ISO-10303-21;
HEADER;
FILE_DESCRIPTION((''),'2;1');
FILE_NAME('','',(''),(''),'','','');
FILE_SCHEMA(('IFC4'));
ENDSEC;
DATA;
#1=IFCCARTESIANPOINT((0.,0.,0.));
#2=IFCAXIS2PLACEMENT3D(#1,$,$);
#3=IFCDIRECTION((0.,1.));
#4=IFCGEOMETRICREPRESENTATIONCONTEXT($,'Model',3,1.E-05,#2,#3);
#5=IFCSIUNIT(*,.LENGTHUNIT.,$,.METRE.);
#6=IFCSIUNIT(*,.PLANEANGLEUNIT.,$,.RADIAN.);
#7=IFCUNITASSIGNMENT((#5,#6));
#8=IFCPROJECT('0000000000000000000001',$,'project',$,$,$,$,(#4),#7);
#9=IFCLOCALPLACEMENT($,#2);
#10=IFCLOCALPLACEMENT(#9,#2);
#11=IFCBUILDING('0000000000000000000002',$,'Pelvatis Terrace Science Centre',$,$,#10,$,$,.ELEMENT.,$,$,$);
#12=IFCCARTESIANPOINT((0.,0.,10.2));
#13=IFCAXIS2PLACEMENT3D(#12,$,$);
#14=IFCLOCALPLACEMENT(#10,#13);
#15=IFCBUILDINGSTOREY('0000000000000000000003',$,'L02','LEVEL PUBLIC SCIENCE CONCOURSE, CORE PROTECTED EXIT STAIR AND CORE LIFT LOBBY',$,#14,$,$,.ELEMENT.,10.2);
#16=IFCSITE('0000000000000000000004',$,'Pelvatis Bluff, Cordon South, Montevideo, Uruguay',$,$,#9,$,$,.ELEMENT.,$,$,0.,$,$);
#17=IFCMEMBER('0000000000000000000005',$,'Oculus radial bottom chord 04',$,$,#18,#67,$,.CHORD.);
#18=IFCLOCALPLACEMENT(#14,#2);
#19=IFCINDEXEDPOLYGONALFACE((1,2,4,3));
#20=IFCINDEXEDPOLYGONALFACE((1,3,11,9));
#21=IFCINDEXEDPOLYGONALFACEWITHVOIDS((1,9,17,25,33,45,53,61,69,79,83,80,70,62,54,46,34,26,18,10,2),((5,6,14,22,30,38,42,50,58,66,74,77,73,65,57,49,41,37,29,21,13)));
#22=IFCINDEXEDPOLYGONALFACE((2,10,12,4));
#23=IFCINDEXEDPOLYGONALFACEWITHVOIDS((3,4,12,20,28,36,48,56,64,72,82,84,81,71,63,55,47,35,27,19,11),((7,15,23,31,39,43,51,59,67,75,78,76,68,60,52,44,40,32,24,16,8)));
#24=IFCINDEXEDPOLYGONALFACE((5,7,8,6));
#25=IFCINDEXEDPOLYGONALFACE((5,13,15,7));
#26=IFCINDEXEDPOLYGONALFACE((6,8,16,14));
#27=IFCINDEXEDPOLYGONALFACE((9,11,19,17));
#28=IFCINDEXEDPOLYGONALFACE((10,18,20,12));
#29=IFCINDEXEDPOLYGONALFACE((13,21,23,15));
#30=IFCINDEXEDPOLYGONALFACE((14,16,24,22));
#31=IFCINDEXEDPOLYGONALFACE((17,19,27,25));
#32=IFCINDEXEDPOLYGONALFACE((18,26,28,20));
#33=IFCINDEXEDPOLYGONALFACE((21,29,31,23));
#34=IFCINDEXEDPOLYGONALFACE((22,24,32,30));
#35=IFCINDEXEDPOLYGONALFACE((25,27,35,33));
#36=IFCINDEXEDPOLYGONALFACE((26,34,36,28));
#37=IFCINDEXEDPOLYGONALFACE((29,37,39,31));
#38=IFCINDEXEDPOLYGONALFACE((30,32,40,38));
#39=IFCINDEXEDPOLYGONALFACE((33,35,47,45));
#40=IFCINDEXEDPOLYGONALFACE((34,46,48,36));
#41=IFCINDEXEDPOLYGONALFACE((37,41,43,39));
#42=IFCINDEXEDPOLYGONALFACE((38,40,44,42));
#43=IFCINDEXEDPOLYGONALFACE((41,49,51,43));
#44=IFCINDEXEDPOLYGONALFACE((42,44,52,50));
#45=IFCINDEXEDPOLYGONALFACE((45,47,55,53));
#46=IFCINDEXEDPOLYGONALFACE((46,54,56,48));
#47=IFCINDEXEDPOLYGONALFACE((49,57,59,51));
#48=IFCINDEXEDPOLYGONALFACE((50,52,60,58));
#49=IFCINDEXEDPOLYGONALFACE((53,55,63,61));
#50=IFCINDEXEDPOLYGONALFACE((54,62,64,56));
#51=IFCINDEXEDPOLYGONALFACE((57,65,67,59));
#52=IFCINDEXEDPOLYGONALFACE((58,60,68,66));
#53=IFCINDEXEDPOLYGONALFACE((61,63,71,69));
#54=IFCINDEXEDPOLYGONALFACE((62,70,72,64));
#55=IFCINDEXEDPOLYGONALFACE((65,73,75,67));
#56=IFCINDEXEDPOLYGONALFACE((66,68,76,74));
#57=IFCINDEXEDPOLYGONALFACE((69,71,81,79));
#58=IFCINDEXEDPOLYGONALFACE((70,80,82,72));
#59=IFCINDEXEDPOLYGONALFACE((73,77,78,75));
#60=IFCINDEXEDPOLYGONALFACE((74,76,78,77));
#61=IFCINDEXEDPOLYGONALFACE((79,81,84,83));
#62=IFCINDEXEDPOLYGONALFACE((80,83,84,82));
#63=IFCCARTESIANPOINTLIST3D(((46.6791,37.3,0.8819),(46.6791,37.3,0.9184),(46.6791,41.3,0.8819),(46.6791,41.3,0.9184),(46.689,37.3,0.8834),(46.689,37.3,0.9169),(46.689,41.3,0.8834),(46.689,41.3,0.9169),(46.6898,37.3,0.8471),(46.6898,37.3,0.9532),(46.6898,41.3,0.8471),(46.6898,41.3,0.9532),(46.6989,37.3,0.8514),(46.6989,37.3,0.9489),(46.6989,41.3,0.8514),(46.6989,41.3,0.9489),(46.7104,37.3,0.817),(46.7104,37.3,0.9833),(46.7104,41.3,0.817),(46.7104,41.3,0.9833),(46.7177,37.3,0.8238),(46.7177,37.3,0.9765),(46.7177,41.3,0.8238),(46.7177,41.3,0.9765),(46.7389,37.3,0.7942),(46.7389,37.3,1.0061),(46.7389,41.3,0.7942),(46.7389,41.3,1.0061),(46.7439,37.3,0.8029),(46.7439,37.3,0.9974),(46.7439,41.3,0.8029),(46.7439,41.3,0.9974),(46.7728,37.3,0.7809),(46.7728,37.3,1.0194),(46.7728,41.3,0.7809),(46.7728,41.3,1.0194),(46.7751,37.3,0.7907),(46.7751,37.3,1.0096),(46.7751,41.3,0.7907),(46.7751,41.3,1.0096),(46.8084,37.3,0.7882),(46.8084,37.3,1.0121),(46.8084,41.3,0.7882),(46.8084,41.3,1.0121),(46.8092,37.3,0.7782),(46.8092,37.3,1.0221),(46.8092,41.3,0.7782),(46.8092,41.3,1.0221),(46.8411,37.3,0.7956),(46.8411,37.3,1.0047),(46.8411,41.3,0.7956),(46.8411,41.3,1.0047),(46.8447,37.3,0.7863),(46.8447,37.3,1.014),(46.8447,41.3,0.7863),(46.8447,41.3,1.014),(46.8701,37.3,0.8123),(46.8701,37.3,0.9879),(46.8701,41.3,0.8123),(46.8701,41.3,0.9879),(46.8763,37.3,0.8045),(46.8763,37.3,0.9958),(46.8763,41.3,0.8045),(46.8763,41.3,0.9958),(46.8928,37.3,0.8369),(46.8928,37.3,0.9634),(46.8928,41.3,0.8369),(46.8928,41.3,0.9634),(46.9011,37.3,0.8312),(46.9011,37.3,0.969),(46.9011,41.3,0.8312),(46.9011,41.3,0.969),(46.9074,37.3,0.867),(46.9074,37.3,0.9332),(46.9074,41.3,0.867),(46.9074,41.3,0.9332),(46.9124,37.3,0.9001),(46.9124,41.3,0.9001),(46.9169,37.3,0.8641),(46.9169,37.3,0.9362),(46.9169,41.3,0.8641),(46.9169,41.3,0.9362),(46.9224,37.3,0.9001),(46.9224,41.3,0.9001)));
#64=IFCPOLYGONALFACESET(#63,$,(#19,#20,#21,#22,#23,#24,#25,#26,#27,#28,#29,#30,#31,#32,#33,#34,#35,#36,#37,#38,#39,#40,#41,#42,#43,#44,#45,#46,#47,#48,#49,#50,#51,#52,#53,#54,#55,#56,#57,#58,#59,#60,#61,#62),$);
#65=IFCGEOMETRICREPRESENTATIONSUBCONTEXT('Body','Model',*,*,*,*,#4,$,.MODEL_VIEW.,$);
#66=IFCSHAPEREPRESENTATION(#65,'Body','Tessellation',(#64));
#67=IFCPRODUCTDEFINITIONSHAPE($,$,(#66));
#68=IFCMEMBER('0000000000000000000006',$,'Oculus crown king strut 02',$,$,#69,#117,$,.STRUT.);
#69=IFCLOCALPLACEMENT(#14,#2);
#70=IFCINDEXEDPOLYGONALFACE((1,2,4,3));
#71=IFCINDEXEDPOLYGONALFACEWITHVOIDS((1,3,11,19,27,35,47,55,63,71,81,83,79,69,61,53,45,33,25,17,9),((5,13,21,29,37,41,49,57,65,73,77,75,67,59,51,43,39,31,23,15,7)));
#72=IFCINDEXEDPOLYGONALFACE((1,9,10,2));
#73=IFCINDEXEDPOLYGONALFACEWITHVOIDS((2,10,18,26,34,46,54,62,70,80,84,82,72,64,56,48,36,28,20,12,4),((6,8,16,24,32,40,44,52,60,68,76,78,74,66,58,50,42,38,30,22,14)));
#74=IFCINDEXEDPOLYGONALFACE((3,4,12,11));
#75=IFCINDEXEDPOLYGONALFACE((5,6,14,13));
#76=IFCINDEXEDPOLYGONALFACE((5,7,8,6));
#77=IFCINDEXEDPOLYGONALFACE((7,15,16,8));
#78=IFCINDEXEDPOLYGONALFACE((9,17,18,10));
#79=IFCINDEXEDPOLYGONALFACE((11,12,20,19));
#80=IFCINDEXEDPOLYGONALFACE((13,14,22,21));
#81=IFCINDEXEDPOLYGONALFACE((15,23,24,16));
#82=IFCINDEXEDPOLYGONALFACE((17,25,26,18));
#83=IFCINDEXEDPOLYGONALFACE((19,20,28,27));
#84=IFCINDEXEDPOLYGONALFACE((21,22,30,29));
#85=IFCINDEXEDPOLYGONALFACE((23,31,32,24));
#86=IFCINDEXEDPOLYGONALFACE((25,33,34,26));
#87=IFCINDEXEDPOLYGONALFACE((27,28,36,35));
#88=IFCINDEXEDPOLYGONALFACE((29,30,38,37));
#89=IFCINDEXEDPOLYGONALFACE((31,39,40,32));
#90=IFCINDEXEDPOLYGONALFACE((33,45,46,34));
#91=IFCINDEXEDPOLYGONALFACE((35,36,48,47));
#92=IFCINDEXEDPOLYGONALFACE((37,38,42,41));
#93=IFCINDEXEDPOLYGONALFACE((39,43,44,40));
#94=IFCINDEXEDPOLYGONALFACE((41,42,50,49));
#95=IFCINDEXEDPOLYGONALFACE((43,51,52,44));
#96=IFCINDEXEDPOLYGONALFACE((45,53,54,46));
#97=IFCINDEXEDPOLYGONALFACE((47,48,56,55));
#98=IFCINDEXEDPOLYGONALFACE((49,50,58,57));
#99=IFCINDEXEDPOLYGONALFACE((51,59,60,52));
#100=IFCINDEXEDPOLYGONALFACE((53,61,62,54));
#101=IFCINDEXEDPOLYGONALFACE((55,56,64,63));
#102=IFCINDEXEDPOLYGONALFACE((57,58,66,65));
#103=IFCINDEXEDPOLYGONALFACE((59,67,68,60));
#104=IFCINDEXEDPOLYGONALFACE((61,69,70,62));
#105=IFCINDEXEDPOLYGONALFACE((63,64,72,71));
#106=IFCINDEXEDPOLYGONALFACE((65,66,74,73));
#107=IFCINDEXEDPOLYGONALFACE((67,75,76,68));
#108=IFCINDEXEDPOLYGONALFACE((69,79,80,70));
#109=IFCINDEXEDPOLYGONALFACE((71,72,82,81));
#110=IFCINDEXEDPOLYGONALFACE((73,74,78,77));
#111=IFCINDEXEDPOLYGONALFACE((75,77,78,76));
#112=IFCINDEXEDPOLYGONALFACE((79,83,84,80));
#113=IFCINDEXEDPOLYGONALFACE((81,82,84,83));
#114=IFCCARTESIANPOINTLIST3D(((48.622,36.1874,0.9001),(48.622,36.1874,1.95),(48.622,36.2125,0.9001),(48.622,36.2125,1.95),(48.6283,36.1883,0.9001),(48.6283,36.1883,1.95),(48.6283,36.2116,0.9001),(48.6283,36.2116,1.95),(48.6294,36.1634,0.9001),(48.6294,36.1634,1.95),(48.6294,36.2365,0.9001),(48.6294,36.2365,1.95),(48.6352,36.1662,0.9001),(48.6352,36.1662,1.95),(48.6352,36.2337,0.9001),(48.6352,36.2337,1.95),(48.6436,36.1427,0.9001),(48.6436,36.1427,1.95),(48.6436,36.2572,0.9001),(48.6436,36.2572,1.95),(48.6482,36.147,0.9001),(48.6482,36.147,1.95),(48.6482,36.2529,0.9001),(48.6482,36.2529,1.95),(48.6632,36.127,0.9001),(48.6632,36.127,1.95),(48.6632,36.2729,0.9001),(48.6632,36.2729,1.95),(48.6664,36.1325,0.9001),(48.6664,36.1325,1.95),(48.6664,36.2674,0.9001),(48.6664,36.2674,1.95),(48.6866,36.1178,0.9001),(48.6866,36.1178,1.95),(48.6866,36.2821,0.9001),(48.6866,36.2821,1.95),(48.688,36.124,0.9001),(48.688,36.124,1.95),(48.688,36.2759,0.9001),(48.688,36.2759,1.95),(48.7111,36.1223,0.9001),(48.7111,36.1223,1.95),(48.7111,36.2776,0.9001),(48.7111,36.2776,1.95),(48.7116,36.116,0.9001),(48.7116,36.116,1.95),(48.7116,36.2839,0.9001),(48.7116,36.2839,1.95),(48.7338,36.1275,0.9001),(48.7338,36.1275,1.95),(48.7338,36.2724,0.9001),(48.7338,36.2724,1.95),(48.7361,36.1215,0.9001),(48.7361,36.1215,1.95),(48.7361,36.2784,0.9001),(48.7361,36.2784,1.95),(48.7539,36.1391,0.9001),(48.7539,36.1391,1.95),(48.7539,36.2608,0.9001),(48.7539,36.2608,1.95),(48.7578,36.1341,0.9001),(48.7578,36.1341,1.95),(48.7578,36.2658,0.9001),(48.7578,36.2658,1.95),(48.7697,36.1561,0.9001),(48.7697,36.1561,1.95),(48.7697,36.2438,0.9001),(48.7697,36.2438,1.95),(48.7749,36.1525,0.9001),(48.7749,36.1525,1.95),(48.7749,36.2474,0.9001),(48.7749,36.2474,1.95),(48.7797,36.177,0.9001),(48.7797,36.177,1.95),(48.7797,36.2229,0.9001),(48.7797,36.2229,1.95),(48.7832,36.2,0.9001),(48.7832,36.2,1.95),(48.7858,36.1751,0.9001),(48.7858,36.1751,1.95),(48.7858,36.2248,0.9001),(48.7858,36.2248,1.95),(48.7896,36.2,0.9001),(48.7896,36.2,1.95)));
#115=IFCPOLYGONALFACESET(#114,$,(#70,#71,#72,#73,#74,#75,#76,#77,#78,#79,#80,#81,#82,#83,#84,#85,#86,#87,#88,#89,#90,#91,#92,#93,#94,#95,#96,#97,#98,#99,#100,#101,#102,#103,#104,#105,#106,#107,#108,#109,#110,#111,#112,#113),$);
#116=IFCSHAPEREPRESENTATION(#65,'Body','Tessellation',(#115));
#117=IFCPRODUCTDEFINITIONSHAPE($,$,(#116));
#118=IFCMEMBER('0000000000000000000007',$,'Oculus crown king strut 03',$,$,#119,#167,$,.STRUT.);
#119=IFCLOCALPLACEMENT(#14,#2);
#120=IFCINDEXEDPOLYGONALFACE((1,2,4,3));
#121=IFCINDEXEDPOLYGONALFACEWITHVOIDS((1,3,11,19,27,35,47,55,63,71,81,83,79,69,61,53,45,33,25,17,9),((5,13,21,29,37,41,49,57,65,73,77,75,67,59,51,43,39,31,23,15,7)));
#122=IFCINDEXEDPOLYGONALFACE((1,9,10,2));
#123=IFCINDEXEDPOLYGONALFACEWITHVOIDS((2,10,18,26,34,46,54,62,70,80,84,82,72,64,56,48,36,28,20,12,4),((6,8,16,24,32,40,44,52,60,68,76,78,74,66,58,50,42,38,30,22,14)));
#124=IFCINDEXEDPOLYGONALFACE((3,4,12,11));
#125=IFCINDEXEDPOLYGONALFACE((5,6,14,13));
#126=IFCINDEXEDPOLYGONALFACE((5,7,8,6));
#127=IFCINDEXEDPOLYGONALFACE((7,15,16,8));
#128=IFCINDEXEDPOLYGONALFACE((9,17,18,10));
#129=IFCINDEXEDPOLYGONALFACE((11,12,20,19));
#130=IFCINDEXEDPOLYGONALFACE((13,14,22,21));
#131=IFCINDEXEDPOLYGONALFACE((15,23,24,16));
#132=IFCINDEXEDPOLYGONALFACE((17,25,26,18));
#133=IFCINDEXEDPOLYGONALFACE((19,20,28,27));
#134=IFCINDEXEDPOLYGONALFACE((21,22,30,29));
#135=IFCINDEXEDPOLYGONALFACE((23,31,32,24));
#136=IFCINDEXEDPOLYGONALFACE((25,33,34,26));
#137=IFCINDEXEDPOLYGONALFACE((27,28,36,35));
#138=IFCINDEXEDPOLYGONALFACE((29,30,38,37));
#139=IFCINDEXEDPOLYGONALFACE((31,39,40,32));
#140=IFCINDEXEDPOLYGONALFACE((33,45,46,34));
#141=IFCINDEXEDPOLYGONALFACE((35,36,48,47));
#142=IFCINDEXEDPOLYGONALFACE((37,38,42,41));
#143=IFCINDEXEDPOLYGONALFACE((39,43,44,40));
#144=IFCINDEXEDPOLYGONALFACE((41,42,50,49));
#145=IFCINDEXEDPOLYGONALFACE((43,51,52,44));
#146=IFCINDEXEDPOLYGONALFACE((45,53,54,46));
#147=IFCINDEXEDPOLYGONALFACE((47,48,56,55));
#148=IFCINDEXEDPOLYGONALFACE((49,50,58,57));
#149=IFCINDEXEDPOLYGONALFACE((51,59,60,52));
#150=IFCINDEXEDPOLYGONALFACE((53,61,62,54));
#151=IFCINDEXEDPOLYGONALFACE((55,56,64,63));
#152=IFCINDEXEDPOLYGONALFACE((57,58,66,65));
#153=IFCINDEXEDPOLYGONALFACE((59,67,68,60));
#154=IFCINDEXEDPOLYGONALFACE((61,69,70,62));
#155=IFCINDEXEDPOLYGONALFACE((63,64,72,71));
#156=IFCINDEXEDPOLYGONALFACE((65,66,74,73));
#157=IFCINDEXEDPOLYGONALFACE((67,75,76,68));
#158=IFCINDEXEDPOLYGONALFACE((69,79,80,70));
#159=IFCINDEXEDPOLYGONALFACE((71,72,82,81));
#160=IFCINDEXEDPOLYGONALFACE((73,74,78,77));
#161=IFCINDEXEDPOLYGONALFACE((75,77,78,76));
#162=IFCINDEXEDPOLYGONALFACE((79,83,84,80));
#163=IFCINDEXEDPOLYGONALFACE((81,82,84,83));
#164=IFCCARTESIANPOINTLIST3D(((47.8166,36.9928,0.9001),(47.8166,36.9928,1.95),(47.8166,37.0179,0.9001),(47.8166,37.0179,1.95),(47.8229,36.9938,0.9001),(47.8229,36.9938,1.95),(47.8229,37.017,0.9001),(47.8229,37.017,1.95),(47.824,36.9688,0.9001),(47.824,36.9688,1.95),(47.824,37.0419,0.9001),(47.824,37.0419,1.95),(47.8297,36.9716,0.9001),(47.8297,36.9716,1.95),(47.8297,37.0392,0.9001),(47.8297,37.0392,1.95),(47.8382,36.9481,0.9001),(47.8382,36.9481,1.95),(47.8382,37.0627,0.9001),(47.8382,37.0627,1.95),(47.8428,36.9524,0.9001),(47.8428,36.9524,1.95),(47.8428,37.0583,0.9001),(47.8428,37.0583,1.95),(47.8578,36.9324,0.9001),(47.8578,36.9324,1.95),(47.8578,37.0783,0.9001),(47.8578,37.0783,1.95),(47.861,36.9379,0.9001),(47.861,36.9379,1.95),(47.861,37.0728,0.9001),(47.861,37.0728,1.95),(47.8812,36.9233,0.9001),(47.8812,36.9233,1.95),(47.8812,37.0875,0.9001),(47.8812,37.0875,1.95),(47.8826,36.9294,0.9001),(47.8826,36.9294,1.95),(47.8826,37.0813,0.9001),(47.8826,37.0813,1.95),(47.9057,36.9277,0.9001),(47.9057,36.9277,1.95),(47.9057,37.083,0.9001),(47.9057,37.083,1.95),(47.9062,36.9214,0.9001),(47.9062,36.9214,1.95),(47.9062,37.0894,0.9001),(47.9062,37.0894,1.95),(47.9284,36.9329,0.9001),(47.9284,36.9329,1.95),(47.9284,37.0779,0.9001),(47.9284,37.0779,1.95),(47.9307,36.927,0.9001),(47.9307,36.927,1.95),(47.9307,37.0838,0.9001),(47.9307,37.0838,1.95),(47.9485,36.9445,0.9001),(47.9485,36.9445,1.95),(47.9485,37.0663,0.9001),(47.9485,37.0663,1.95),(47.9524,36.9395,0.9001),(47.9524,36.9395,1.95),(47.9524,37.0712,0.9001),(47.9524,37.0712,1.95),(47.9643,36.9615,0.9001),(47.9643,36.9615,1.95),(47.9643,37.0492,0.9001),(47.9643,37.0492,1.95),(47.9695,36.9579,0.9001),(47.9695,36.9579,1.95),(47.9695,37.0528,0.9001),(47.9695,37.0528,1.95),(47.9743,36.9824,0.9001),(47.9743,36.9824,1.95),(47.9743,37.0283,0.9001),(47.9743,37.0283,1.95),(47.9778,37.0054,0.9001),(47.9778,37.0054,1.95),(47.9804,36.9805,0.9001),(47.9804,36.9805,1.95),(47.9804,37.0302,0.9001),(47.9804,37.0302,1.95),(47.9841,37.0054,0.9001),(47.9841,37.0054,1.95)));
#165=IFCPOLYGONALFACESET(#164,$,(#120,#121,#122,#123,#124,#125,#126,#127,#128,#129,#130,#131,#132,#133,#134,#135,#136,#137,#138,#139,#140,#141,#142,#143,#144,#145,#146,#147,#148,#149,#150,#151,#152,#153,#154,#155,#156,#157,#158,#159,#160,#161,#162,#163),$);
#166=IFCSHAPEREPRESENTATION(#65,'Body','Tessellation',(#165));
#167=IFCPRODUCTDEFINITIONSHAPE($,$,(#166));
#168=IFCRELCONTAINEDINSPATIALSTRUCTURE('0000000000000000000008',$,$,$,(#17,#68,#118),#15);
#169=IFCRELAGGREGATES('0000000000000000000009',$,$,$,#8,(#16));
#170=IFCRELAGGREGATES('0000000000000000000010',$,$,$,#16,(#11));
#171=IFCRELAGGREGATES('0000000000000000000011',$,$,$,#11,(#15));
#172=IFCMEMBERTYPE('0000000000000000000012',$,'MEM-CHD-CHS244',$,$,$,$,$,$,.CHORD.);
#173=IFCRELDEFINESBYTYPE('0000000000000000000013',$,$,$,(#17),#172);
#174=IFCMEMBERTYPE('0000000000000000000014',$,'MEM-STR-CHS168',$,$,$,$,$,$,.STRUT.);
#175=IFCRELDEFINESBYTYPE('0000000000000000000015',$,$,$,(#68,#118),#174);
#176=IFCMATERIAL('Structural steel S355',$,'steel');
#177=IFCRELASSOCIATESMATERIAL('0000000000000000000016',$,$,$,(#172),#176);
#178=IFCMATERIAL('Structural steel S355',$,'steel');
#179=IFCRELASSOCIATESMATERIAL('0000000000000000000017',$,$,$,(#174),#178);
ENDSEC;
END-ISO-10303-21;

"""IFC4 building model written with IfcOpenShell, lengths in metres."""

from ifc_helpers import new_model, si_unit, direction, frame, origin, origin_2d, place, context, subcontext, project, spatial, hollow_circle, extrude, material, material_profile, profile_set, type_object, element, save


model = new_model("IFC4")

# Units and contexts
model_context = context("Model", 3, precision=1e-05, world=origin(), true_north=direction((0.0, 1.0)))
body_context = subcontext(model_context, "Body", "Model", "MODEL_VIEW")
ifc_project = project(units=[si_unit("LENGTHUNIT", "METRE"), si_unit("PLANEANGLEUNIT", "RADIAN")], contexts=[model_context])

# Site, building, storey
site_placement = place(None, origin())
site = spatial("IfcSite", under=ifc_project, at=site_placement, Name="Pelvatis Bluff, Cordon South, Montevideo, Uruguay", CompositionType="ELEMENT", RefElevation=0.0)
building_placement = place(site_placement, origin())
building = spatial("IfcBuilding", under=site, at=building_placement, Name="Pelvatis Terrace Science Centre", CompositionType="ELEMENT")
storey_placement = place(building_placement, frame((0.0, 0.0, 10.2)))
storey = spatial("IfcBuildingStorey", under=building, at=storey_placement, Name="L02", Description="LEVEL PUBLIC SCIENCE CONCOURSE, CORE PROTECTED EXIT STAIR AND CORE LIFT LOBBY", CompositionType="ELEMENT", Elevation=10.2)

# Members
ifc_material_1 = material(Name="Structural steel S355", Category="steel")
ifc_material_profile_1 = material_profile(ifc_material_1, hollow_circle(Radius=0.1223, WallThickness=0.01, at=origin_2d()), Name="CHS 244.5x10.0")
ifc_profile_set_1 = profile_set([ifc_material_profile_1], Name="Structural steel S355")
member_type_1 = type_object("IfcMemberType", Name="MEM-CHD-CHS244", PredefinedType="CHORD", material=ifc_profile_set_1)
for number, where, z_axis, x_axis, name in (
    (1, (46.8, 41.3, 0.9001), (0.0, -1.0, 0.0), (1.0, 0.0, 0.0), "Oculus radial bottom chord 04"),
):
    element("IfcMember", number, at=place(storey_placement, frame(where, z_axis=z_axis, x_axis=x_axis)), inside=storey, type_object=member_type_1, Name=name, PredefinedType="CHORD", context=body_context, shape_type="SweptSolid", body=[
        extrude(hollow_circle(Radius=0.1223, WallThickness=0.01, at=origin_2d()), origin(), (0.0, 0.0, 1.0), 4.0),
    ])
ifc_material_2 = material(Name="Structural steel S355", Category="steel")
ifc_material_profile_2 = material_profile(ifc_material_2, hollow_circle(Radius=0.0842, WallThickness=0.0063, at=origin_2d()), Name="CHS 168.3x6.3")
ifc_profile_set_2 = profile_set([ifc_material_profile_2], Name="Structural steel S355")
member_type_2 = type_object("IfcMemberType", Name="MEM-STR-CHS168", PredefinedType="STRUT", material=ifc_profile_set_2)
for number, where, z_axis, x_axis, name in (
    (2, (48.7053, 36.2, 0.9001), (0.0, 0.0, 1.0), (1.0, 0.0, 0.0), "Oculus crown king strut 02"),
    (3, (47.8999, 37.0054, 0.9001), (0.0, 0.0, 1.0), (1.0, 0.0, 0.0), "Oculus crown king strut 03"),
):
    element("IfcMember", number, at=place(storey_placement, frame(where, z_axis=z_axis, x_axis=x_axis)), inside=storey, type_object=member_type_2, Name=name, PredefinedType="STRUT", context=body_context, shape_type="SweptSolid", body=[
        extrude(hollow_circle(Radius=0.0842, WallThickness=0.0063, at=origin_2d()), origin(), (0.0, 0.0, 1.0), 1.0498),
    ])

save(model, "model.ifc")
